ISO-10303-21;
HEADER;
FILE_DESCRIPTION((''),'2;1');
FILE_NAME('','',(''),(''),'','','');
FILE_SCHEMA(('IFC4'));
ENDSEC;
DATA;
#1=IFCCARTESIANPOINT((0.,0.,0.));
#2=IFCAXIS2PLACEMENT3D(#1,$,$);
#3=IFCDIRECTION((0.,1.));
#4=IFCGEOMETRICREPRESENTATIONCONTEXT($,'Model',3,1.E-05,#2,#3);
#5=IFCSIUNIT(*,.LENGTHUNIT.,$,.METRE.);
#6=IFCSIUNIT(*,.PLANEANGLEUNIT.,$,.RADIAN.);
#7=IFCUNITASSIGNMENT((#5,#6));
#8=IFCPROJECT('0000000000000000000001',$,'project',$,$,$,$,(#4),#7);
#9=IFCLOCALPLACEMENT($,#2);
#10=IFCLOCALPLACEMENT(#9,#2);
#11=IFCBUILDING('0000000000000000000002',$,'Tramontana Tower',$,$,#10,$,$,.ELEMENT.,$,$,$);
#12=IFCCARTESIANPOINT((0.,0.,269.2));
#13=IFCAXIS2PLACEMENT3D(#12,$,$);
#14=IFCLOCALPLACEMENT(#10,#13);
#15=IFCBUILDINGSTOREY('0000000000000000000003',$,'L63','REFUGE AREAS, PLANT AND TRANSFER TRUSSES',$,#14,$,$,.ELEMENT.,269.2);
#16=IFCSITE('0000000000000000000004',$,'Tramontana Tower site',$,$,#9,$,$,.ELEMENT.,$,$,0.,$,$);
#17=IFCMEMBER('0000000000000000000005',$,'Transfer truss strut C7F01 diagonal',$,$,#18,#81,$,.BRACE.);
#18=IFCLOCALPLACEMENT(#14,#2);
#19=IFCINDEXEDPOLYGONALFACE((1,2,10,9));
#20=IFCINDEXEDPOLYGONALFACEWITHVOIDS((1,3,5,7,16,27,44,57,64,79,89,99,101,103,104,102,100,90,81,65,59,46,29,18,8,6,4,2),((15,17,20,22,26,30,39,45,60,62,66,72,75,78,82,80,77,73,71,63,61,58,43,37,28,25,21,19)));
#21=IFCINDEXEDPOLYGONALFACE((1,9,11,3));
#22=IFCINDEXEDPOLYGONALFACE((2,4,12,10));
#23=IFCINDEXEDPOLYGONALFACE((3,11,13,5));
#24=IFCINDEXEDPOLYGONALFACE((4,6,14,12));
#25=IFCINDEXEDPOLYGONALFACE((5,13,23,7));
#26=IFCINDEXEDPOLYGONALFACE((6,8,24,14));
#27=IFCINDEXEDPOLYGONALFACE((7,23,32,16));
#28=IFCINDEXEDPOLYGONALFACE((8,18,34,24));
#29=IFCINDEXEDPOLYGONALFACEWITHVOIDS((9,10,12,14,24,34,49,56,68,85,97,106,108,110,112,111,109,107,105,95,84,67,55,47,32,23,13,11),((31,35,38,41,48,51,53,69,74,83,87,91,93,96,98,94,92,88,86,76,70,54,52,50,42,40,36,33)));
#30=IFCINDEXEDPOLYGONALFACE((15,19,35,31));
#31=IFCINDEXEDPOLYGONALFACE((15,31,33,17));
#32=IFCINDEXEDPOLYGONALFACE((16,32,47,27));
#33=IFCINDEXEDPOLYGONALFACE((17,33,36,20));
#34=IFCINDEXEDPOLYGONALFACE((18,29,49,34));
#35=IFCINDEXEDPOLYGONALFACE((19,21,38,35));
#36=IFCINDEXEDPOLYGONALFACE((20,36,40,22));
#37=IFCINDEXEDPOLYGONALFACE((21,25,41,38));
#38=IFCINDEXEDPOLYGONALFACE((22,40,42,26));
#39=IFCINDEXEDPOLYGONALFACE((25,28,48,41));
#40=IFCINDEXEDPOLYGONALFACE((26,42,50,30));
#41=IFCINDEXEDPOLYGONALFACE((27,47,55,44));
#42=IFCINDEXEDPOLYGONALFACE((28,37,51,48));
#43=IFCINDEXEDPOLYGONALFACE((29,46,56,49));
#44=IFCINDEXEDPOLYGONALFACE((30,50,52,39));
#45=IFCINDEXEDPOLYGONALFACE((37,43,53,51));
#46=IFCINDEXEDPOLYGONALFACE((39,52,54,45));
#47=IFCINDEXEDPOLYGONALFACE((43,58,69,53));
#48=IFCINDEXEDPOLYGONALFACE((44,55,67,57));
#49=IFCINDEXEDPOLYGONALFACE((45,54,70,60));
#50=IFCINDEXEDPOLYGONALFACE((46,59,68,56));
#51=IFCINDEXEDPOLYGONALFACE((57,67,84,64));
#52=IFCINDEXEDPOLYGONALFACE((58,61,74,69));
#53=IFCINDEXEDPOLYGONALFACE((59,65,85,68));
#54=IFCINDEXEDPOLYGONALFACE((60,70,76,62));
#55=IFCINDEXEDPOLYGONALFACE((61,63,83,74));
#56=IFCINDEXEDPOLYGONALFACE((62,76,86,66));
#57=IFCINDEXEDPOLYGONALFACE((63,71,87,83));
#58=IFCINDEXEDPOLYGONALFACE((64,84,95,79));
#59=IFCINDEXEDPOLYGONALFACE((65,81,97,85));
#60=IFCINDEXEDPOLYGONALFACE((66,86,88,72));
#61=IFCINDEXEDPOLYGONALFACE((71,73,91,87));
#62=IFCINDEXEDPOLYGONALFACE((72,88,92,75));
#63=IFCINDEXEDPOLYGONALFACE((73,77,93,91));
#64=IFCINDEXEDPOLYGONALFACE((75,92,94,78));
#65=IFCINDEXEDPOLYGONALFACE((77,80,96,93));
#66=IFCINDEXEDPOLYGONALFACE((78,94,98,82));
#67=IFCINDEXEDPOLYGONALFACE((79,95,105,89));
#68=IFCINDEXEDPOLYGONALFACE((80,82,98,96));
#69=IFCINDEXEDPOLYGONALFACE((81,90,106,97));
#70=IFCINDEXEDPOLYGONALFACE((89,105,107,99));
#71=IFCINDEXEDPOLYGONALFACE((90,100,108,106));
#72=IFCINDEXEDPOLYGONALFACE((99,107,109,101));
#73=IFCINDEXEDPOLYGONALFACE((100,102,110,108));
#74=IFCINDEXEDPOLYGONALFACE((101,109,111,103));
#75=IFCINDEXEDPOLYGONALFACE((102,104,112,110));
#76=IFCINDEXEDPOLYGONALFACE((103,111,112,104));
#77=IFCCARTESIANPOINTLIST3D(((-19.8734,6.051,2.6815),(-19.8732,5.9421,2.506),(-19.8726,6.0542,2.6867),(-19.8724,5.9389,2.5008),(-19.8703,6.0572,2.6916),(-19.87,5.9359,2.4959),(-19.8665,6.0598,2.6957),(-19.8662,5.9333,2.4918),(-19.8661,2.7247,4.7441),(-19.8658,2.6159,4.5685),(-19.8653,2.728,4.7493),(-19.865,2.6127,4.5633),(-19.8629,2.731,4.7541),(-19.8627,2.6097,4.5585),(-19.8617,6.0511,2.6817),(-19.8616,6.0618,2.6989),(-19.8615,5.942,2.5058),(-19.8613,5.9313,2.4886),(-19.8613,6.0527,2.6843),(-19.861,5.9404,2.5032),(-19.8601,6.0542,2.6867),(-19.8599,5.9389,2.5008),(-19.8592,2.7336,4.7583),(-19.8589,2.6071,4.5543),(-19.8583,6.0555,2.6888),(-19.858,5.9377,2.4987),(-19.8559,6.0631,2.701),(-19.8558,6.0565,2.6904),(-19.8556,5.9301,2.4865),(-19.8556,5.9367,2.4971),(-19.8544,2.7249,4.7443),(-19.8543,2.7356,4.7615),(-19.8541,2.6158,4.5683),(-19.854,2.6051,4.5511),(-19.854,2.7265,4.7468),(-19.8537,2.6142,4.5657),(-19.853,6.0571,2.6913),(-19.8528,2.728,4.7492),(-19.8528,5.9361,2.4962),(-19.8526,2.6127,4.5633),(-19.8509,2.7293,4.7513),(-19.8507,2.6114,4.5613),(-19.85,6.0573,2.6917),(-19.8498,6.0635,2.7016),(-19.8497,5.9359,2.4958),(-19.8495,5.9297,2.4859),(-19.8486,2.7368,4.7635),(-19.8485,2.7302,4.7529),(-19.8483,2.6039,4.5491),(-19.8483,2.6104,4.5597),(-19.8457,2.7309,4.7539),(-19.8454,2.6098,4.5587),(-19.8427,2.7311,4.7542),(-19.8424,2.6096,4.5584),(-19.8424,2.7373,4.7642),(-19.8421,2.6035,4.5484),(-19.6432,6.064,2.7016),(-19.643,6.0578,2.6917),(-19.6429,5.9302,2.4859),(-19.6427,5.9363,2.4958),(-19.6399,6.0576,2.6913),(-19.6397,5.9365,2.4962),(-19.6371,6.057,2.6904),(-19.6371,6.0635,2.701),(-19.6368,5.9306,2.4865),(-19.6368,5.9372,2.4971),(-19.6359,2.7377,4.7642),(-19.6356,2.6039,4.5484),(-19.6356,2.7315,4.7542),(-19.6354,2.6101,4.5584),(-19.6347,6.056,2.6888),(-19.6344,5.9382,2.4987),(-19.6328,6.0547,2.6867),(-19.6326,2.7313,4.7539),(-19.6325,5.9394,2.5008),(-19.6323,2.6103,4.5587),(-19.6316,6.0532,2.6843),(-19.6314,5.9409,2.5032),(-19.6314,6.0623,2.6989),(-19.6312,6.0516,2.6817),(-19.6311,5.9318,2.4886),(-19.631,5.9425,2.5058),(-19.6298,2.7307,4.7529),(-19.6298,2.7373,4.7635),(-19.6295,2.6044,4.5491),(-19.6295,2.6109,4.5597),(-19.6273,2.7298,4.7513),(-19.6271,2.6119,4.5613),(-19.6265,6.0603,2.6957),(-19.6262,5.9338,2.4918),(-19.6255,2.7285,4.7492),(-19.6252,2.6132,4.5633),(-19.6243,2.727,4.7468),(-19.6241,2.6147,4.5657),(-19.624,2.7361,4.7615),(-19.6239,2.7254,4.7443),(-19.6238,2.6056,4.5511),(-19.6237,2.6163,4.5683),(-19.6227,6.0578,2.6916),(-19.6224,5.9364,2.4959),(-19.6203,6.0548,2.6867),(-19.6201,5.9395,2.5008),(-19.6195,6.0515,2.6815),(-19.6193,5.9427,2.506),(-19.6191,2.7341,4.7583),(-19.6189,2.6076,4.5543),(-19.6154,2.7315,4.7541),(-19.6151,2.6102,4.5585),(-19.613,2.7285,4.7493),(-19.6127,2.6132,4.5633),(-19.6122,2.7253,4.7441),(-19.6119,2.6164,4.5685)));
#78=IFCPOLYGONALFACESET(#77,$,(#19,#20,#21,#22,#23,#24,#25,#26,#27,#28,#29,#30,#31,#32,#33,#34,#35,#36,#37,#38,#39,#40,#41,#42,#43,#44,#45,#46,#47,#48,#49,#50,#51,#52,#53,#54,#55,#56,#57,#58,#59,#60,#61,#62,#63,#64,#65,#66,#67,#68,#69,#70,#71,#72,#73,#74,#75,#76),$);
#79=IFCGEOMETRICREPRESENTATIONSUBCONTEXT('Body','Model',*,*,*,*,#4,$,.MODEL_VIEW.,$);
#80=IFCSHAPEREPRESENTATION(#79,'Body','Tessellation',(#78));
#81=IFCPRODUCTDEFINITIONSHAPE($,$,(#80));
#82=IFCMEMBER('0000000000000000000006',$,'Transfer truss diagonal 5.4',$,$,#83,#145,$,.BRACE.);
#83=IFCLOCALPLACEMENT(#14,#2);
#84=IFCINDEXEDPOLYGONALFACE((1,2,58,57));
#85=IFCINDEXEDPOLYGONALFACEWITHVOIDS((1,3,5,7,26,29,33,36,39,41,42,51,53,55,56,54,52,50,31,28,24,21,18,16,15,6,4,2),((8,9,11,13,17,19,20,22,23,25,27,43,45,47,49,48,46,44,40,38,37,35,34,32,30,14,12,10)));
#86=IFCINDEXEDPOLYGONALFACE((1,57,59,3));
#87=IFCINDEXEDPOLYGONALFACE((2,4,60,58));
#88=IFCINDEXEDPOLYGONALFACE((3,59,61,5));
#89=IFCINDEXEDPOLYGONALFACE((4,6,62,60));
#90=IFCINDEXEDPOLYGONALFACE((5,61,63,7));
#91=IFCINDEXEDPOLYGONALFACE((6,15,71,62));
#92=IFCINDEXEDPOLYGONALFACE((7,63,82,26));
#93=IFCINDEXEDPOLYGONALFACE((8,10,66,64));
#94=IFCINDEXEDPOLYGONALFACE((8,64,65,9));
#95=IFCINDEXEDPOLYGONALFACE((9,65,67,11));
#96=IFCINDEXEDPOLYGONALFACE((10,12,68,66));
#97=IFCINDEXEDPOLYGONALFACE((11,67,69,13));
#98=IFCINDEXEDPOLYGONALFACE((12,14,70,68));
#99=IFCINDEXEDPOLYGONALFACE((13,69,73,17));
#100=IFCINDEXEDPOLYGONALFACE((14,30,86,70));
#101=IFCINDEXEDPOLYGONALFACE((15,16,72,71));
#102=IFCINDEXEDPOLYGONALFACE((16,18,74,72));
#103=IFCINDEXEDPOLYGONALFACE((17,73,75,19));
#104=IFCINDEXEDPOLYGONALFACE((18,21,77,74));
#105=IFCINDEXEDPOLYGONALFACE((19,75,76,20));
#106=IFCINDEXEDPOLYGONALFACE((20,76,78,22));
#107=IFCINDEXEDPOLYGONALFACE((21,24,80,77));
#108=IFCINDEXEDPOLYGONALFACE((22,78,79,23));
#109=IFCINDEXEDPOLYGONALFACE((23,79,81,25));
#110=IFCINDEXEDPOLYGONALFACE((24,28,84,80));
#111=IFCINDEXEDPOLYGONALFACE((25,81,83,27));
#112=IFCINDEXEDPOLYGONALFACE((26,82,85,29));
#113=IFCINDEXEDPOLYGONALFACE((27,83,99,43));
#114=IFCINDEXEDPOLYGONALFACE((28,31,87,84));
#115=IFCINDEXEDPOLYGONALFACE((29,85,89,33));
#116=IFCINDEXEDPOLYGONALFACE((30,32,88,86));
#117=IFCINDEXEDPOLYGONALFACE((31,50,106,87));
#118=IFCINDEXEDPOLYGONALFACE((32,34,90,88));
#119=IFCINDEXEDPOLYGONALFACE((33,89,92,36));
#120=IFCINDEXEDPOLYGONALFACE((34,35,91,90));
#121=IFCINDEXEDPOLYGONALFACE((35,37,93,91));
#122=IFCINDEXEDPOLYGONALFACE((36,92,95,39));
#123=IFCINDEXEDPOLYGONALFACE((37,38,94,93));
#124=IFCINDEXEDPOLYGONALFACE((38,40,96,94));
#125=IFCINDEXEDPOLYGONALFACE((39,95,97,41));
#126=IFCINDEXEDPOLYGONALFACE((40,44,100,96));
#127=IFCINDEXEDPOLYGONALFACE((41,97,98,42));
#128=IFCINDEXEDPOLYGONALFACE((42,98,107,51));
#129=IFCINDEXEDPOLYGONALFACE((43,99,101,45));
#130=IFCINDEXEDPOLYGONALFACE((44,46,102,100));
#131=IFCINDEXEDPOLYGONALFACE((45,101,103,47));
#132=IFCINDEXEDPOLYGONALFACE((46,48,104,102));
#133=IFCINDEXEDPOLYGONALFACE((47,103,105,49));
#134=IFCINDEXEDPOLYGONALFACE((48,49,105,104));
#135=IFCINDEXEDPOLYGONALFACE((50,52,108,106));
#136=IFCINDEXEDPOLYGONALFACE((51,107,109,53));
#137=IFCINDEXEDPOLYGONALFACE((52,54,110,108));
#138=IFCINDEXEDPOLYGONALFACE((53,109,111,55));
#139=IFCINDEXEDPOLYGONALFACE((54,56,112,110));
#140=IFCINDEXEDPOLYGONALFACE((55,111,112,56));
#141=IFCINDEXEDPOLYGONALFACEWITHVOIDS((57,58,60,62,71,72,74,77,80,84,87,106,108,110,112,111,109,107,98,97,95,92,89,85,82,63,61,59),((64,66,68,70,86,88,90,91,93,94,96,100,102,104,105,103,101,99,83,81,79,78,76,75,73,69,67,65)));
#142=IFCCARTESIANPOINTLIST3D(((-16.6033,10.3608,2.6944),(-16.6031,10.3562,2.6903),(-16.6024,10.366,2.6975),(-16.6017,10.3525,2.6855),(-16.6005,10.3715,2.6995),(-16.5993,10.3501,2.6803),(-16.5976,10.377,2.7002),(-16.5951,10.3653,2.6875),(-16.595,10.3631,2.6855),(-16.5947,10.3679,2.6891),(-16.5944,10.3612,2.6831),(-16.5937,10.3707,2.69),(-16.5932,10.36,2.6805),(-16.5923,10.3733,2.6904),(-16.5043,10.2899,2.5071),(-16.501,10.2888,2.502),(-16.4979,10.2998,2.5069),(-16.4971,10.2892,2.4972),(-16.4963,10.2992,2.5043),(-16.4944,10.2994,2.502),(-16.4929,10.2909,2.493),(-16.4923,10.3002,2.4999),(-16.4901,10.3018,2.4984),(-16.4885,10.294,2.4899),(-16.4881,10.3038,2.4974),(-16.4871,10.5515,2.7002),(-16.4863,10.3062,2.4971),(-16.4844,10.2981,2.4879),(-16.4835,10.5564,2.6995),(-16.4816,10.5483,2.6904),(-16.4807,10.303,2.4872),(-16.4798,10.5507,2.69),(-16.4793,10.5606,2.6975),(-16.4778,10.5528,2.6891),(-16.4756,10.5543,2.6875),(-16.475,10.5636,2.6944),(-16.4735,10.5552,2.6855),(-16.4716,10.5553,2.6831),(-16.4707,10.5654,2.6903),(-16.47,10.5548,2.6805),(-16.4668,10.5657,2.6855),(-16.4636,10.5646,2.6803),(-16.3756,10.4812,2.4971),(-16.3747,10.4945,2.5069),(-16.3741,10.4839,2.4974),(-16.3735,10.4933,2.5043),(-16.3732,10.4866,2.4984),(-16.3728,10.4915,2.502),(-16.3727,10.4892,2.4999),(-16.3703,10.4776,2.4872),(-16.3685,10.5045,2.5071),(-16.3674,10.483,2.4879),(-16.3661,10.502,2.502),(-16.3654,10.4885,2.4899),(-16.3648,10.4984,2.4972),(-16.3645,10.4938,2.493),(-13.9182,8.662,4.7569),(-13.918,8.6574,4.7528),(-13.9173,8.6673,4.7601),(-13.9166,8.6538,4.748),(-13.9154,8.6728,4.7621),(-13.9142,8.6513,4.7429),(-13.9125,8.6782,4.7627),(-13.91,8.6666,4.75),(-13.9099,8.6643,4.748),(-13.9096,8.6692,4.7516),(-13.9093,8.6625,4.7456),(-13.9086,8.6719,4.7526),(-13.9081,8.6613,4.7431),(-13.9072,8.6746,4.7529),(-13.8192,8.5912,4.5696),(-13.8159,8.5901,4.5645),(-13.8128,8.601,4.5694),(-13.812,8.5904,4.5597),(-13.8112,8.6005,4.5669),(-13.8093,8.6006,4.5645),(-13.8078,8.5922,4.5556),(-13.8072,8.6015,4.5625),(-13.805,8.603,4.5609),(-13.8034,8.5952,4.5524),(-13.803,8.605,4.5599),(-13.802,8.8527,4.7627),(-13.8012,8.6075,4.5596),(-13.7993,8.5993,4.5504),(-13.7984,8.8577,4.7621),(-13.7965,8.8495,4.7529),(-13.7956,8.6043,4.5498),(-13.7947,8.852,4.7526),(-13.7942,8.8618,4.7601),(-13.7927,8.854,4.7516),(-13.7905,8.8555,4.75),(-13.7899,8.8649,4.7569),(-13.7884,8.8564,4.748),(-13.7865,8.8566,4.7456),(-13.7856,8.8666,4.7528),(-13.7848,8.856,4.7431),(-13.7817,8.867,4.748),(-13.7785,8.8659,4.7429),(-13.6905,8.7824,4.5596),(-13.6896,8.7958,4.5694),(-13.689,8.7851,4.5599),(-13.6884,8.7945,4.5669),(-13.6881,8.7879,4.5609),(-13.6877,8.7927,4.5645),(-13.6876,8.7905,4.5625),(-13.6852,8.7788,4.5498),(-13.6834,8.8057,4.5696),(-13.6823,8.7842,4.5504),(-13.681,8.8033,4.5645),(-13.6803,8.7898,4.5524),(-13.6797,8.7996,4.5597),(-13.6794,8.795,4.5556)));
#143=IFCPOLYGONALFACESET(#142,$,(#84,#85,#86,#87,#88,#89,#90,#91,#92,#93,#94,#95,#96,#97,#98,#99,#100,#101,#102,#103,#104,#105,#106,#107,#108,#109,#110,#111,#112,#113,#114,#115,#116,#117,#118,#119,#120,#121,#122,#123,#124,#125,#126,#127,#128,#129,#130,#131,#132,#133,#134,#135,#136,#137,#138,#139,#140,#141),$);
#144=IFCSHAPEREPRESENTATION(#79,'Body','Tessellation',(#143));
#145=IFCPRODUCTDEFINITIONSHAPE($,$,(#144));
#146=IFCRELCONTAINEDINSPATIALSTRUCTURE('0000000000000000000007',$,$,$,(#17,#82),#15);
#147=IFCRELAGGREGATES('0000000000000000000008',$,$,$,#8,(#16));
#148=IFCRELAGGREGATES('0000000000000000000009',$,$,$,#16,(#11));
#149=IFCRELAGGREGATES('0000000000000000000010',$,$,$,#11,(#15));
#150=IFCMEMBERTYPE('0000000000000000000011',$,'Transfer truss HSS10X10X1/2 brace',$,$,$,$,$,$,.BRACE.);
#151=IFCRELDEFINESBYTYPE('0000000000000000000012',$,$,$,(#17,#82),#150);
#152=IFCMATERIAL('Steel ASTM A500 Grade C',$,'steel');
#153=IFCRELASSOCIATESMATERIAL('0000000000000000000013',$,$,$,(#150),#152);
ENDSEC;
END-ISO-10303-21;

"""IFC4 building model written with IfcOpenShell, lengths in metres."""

from ifc_helpers import new_model, si_unit, direction, frame, origin, origin_2d, place, context, subcontext, project, spatial, hollow_rectangle, extrude, material, material_profile, profile_set, type_object, element, save


model = new_model("IFC4")

# Units and contexts
model_context = context("Model", 3, precision=1e-05, world=origin(), true_north=direction((0.0, 1.0)))
body_context = subcontext(model_context, "Body", "Model", "MODEL_VIEW")
ifc_project = project(units=[si_unit("LENGTHUNIT", "METRE"), si_unit("PLANEANGLEUNIT", "RADIAN")], contexts=[model_context])

# Site, building, storey
site_placement = place(None, origin())
site = spatial("IfcSite", under=ifc_project, at=site_placement, Name="Tramontana Tower site", CompositionType="ELEMENT", RefElevation=0.0)
building_placement = place(site_placement, origin())
building = spatial("IfcBuilding", under=site, at=building_placement, Name="Tramontana Tower", CompositionType="ELEMENT")
storey_placement = place(building_placement, frame((0.0, 0.0, 269.2)))
storey = spatial("IfcBuildingStorey", under=building, at=storey_placement, Name="L63", Description="REFUGE AREAS, PLANT AND TRANSFER TRUSSES", CompositionType="ELEMENT", Elevation=269.2)

# Members
ifc_material_1 = material(Name="Steel ASTM A500 Grade C", Category="steel")
ifc_material_profile_1 = material_profile(ifc_material_1, hollow_rectangle(XDim=0.2539, YDim=0.2539, WallThickness=0.0117, InnerFilletRadius=0.0117, OuterFilletRadius=0.0237, at=origin_2d()), Name="HSS10X10X1/2")
ifc_profile_set_1 = profile_set([ifc_material_profile_1], Name="Steel ASTM A500 Grade C")
member_type_1 = type_object("IfcMemberType", Name="Transfer truss HSS10X10X1/2 brace", PredefinedType="BRACE", material=ifc_profile_set_1)
member_1_placement = place(storey_placement, frame((-19.7463, 5.9968, 2.5938), z_axis=(0.001871, -0.84987, 0.526989), x_axis=(0.999998, 0.002202, 0.0)))
element("IfcMember", 1, at=member_1_placement, inside=storey, type_object=member_type_1, Name="Transfer truss strut C7F01 diagonal", PredefinedType="BRACE", context=body_context, shape_type="SweptSolid", body=[
    extrude(hollow_rectangle(XDim=0.2539, YDim=0.2539, WallThickness=0.0117, InnerFilletRadius=0.0117, OuterFilletRadius=0.0237, at=origin_2d()), origin(), (0.0, 0.0, 1.0), 3.9138),
])
member_2_placement = place(storey_placement, frame((-13.7988, 8.7285, 4.6562), z_axis=(-0.708828, 0.448448, -0.544479), x_axis=(-0.534646, -0.845076, 0.0)))
element("IfcMember", 2, at=member_2_placement, inside=storey, type_object=member_type_1, Name="Transfer truss diagonal 5.4", PredefinedType="BRACE", context=body_context, shape_type="SweptSolid", body=[
    extrude(hollow_rectangle(XDim=0.2539, YDim=0.2539, WallThickness=0.0117, InnerFilletRadius=0.0117, OuterFilletRadius=0.0237, at=origin_2d()), origin(), (0.0, 0.0, 1.0), 3.7881),
])

save(model, "model.ifc")
